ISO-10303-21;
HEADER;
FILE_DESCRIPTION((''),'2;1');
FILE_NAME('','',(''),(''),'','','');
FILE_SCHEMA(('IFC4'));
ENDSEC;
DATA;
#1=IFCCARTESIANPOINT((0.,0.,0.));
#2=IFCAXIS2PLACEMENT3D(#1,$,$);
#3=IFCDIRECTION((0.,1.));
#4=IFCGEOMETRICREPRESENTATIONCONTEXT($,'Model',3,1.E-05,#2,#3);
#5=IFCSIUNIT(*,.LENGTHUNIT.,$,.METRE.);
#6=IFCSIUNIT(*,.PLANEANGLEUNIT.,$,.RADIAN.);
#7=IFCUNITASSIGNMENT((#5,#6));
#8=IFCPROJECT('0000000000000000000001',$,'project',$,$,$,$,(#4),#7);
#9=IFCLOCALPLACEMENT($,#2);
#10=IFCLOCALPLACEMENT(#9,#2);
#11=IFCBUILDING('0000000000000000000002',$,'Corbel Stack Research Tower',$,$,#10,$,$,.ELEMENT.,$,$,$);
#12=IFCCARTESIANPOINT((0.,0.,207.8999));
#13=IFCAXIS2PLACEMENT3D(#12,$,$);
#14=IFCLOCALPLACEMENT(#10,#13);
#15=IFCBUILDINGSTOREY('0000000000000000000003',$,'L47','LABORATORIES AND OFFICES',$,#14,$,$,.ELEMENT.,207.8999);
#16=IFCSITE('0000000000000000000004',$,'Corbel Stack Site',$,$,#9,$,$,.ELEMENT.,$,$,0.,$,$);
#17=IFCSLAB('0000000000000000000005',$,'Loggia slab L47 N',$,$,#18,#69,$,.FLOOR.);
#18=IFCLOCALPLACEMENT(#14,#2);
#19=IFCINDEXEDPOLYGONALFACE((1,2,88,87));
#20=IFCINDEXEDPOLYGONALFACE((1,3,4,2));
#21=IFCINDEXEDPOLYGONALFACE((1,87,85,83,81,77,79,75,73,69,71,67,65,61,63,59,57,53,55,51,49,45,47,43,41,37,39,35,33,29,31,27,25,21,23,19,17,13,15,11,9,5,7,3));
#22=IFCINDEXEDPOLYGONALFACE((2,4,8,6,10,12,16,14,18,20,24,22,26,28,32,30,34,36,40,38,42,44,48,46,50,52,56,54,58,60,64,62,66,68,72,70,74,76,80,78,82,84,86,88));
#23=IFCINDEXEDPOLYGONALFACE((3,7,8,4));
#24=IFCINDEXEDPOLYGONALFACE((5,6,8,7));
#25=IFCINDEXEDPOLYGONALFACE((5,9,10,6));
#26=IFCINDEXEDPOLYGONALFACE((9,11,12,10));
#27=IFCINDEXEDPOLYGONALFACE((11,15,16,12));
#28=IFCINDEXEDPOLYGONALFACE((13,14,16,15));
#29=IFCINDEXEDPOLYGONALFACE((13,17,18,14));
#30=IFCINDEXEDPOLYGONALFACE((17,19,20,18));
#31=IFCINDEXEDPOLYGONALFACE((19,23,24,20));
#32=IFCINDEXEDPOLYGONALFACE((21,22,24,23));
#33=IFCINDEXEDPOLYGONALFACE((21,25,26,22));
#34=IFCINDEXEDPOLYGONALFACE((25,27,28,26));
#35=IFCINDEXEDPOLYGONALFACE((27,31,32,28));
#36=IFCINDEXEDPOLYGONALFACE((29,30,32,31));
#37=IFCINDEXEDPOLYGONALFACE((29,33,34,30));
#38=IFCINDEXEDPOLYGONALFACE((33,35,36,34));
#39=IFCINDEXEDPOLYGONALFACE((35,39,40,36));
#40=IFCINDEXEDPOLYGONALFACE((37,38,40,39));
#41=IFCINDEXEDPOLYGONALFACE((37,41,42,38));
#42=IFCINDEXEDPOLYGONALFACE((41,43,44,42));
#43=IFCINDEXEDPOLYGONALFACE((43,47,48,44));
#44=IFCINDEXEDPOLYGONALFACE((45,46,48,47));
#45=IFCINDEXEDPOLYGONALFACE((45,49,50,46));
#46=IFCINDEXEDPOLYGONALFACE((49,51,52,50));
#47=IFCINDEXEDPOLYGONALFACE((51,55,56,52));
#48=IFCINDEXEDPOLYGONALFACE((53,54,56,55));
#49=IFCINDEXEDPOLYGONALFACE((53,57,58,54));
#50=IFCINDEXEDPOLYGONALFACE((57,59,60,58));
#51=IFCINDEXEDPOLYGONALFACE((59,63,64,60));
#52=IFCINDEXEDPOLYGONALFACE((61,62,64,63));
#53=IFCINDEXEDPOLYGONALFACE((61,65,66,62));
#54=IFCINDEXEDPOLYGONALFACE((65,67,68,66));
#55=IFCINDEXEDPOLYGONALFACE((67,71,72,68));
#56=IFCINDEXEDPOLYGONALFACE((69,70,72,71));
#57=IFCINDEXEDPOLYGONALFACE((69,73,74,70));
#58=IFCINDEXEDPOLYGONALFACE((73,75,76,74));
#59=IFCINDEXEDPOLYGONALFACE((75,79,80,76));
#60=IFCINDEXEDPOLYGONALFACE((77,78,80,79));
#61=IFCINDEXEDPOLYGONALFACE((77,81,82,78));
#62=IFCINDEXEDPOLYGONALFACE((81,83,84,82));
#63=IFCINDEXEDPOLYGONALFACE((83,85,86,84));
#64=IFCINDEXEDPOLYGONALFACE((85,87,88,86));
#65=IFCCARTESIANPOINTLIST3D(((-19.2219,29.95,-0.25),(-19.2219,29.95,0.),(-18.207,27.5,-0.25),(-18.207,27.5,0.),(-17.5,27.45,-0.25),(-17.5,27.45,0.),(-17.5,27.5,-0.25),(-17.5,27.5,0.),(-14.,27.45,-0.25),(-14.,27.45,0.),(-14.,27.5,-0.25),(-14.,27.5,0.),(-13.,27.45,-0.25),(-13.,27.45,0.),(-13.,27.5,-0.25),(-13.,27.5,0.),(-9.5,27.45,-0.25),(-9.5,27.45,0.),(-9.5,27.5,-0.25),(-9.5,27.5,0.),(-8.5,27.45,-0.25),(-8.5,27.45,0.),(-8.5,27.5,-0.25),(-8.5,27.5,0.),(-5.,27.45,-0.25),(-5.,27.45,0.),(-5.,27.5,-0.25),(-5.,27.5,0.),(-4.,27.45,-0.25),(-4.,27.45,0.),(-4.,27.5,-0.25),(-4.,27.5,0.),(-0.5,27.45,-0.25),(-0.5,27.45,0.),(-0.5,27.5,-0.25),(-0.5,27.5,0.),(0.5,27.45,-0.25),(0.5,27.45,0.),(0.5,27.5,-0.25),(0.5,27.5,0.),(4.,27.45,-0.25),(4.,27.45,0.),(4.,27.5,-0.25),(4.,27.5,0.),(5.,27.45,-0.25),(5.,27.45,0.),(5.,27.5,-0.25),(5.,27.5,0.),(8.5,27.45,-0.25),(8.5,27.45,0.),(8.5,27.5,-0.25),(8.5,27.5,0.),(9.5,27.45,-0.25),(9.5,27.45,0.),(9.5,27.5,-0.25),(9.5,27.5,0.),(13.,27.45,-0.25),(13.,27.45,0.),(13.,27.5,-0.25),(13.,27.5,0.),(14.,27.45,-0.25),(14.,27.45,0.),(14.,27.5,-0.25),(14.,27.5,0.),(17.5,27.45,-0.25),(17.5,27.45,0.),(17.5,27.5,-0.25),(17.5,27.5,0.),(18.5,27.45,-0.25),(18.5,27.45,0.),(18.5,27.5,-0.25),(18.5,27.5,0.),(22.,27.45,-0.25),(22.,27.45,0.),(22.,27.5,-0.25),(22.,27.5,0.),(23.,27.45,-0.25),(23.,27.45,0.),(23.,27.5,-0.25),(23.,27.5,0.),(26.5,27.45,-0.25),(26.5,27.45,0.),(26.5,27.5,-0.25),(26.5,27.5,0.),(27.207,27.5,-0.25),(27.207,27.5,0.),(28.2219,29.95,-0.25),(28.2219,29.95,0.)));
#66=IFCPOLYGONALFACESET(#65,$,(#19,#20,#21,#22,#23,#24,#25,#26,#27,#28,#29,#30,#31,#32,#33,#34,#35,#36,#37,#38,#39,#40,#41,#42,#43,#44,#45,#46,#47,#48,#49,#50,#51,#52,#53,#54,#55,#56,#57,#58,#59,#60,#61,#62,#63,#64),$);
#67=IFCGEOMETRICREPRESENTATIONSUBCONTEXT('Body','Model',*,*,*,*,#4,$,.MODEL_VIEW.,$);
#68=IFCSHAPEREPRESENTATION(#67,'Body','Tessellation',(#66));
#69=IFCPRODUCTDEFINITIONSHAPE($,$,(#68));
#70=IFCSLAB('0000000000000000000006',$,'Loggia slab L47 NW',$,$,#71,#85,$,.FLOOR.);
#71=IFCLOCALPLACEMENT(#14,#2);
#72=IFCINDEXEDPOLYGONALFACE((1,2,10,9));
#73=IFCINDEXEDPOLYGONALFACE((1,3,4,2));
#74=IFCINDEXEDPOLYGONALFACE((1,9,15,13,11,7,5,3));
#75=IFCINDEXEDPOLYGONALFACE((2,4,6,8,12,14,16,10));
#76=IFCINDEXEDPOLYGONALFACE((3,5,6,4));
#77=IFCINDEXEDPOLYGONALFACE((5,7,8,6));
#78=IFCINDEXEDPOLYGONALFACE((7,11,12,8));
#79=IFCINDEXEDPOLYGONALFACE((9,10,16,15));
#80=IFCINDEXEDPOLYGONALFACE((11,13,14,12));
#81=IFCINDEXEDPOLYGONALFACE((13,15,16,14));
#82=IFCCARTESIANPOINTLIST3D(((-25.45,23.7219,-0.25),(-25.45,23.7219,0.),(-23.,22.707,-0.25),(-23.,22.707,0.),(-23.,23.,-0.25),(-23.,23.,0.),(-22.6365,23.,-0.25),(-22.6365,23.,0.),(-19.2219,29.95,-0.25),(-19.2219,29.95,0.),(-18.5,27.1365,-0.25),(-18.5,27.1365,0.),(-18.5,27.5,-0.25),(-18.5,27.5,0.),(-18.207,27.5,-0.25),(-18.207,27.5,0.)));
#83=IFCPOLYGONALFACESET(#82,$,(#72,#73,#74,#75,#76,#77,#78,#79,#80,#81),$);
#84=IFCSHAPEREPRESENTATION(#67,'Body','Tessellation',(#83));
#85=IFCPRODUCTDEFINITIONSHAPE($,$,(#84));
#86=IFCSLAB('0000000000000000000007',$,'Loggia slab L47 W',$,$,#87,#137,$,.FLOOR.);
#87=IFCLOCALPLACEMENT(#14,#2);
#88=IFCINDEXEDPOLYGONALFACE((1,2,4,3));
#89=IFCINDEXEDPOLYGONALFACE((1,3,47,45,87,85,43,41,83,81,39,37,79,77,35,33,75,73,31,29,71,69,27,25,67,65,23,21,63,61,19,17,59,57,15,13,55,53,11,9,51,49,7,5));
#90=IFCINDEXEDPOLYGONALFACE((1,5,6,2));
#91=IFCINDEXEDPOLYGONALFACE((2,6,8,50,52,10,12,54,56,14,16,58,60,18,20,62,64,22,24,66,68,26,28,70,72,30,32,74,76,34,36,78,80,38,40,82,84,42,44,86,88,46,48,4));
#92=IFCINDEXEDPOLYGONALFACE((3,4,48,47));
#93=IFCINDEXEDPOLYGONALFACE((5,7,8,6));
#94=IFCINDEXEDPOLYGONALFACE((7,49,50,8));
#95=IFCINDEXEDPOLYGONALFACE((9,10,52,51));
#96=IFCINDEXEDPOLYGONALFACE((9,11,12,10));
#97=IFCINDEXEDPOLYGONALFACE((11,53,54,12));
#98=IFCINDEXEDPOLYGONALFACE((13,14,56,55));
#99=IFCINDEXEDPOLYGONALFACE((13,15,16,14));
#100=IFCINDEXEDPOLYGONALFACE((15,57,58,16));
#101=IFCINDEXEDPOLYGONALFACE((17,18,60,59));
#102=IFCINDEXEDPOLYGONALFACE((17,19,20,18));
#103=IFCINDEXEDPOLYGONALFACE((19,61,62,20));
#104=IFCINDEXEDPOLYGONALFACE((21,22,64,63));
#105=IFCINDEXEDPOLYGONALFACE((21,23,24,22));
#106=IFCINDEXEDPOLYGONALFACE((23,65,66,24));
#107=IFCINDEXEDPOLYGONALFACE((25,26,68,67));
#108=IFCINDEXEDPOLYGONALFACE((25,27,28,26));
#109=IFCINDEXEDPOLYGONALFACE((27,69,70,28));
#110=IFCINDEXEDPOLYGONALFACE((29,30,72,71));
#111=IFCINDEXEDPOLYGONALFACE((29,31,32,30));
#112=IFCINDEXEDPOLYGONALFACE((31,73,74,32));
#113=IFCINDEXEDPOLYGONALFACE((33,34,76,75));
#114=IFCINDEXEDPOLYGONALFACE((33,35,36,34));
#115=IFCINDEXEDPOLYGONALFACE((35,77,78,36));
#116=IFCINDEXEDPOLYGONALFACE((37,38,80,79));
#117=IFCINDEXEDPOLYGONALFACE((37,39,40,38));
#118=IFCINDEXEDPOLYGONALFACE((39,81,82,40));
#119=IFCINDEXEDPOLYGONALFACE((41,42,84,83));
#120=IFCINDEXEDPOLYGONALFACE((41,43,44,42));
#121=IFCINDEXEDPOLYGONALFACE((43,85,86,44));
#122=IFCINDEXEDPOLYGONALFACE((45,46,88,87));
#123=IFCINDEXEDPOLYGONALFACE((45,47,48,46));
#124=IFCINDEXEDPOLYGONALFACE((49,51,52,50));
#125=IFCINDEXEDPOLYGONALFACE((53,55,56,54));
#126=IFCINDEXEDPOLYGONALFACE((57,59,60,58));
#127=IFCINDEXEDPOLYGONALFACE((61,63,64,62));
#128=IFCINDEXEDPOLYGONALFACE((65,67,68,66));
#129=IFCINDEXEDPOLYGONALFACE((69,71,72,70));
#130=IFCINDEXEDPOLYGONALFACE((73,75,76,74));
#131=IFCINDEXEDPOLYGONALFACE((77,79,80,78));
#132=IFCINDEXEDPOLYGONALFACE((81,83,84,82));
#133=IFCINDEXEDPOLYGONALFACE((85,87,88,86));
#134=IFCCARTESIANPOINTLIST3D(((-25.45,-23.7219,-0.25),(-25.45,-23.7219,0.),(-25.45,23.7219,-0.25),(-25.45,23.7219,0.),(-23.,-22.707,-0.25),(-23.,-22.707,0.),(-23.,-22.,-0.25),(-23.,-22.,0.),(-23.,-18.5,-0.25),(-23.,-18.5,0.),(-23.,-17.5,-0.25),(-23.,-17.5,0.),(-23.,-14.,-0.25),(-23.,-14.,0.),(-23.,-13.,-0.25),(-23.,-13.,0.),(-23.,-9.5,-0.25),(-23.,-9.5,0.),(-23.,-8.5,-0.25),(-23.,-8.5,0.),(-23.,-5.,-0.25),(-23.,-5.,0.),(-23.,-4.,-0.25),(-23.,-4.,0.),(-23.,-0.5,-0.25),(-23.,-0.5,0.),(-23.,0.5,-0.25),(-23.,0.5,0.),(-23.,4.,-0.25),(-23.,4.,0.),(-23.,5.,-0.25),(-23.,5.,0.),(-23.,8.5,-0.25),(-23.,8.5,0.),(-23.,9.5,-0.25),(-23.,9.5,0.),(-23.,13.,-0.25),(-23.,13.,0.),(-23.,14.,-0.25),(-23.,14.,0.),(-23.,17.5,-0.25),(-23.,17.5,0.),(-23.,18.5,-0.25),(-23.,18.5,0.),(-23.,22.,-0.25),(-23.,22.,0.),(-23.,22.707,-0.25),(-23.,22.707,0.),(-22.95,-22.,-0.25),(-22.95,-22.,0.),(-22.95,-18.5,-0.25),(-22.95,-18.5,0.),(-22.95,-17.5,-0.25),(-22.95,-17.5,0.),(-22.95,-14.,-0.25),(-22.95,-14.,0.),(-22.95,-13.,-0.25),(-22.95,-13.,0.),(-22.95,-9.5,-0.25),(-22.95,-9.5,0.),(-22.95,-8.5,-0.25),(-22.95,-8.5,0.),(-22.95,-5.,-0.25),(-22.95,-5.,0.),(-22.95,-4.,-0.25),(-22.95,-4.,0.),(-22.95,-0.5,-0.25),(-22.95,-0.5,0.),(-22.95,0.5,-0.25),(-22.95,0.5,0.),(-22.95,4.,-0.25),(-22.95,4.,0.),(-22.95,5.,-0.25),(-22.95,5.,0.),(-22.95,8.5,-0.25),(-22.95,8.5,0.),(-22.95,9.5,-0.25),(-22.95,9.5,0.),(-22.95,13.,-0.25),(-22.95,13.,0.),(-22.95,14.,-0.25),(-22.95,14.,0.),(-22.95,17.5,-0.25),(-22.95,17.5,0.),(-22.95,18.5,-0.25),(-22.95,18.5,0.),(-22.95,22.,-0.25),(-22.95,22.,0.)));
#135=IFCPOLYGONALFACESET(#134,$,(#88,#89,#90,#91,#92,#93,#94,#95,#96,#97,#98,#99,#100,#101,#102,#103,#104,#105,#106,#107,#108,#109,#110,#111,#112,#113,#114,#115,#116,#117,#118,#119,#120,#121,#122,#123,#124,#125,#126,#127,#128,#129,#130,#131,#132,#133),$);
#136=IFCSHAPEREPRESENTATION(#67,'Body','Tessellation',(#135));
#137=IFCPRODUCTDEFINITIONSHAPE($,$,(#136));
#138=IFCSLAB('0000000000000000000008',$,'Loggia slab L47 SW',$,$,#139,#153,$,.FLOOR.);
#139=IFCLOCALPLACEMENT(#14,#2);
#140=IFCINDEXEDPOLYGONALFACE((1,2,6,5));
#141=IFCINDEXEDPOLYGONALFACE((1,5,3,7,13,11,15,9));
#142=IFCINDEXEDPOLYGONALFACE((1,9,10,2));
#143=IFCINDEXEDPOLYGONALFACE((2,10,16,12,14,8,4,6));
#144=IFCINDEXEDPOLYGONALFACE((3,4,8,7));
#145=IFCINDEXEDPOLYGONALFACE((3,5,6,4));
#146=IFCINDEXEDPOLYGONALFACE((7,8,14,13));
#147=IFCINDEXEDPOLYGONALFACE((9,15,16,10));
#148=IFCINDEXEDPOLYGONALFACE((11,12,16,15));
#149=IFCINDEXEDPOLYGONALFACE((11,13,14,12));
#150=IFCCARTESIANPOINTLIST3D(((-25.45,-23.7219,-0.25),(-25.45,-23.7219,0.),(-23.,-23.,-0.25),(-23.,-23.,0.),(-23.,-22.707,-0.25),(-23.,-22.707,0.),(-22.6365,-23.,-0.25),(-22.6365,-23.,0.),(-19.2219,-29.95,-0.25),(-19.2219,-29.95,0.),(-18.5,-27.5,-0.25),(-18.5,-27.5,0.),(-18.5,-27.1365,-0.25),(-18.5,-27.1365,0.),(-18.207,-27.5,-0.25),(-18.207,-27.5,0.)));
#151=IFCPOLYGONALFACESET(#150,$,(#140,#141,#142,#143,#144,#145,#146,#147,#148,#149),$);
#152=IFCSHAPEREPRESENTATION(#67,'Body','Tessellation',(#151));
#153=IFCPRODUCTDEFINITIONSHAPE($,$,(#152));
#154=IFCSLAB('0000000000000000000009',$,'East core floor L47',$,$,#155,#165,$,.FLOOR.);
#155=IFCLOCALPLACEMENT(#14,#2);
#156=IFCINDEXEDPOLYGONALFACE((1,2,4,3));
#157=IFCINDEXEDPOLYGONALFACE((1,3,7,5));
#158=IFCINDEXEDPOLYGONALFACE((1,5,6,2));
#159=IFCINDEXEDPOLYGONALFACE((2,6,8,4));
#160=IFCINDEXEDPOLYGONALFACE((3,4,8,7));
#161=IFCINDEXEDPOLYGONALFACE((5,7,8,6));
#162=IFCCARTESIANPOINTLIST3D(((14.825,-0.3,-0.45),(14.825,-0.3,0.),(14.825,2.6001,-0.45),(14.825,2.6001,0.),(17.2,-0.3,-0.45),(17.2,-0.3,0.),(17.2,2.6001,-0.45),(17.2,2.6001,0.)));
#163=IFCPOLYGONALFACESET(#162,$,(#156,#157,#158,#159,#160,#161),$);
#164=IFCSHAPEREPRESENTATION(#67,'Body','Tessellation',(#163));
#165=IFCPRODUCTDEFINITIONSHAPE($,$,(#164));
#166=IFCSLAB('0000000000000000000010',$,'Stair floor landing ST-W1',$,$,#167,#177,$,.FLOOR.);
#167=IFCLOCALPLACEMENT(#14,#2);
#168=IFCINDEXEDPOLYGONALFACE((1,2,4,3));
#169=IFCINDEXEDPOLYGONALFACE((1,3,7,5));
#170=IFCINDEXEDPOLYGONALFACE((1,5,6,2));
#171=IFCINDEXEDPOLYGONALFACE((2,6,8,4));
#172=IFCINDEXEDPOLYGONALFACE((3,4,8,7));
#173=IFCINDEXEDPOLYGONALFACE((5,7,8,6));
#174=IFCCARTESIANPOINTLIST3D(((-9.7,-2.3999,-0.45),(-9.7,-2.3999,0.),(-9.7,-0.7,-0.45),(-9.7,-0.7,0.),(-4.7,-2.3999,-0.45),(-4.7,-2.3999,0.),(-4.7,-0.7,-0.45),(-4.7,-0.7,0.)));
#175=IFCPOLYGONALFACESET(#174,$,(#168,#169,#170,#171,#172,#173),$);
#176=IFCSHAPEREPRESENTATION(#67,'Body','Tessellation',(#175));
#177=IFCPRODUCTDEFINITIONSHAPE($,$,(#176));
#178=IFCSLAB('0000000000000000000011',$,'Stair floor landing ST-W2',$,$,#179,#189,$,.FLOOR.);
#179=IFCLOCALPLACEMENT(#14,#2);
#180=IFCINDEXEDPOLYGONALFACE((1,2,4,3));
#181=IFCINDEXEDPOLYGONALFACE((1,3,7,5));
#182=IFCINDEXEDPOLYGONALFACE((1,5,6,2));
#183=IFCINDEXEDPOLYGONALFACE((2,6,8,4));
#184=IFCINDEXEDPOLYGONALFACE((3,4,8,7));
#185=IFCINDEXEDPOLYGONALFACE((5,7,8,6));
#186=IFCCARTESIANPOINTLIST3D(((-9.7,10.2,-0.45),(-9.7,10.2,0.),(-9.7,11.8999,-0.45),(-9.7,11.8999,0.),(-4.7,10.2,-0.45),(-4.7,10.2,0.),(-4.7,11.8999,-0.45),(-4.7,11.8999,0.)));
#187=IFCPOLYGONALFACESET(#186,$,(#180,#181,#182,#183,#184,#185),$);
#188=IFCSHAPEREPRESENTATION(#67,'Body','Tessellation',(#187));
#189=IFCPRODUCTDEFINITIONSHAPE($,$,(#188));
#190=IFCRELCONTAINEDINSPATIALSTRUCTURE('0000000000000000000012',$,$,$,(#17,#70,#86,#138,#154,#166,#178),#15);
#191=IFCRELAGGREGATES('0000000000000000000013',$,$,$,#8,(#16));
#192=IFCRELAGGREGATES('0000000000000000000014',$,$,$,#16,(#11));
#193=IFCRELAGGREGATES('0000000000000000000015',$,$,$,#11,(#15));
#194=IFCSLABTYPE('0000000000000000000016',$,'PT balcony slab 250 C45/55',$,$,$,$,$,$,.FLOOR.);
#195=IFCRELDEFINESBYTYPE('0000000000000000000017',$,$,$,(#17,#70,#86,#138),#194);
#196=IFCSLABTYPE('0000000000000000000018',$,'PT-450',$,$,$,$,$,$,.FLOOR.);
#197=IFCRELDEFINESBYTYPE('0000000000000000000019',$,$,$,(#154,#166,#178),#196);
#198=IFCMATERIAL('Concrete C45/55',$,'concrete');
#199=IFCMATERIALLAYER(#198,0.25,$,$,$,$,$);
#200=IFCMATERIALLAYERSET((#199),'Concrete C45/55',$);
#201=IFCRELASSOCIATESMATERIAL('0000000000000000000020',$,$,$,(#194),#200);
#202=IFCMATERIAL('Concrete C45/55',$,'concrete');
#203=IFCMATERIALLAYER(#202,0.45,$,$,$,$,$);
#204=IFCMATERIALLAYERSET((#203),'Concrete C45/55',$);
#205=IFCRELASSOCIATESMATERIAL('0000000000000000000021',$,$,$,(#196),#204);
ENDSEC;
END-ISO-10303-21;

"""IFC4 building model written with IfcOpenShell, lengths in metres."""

from ifc_helpers import new_model, si_unit, direction, frame, origin, place, context, subcontext, project, spatial, polyline, outline, extrude, material, layer, layer_set, type_object, element, save


model = new_model("IFC4")

# Units and contexts
model_context = context("Model", 3, precision=1e-05, world=origin(), true_north=direction((0.0, 1.0)))
body_context = subcontext(model_context, "Body", "Model", "MODEL_VIEW")
ifc_project = project(units=[si_unit("LENGTHUNIT", "METRE"), si_unit("PLANEANGLEUNIT", "RADIAN")], contexts=[model_context])

# Site, building, storey
site_placement = place(None, origin())
site = spatial("IfcSite", under=ifc_project, at=site_placement, Name="Corbel Stack Site", CompositionType="ELEMENT", RefElevation=0.0)
building_placement = place(site_placement, origin())
building = spatial("IfcBuilding", under=site, at=building_placement, Name="Corbel Stack Research Tower", CompositionType="ELEMENT")
storey_placement = place(building_placement, frame((0.0, 0.0, 207.8999)))
storey = spatial("IfcBuildingStorey", under=building, at=storey_placement, Name="L47", Description="LABORATORIES AND OFFICES", CompositionType="ELEMENT", Elevation=207.8999)

# Slabs
ifc_material_1 = material(Name="Concrete C45/55", Category="concrete")
ifc_layer_1 = layer(ifc_material_1, 0.25)
ifc_layer_set_1 = layer_set([ifc_layer_1], Name="Concrete C45/55")
slab_type_1 = type_object("IfcSlabType", Name="PT balcony slab 250 C45/55", PredefinedType="FLOOR", material=ifc_layer_set_1)
slab_1_placement = place(storey_placement, frame((0.0, 0.0, -0.25)))
element("IfcSlab", 1, at=slab_1_placement, inside=storey, type_object=slab_type_1, Name="Loggia slab L47 N", PredefinedType="FLOOR", context=body_context, shape_type="SweptSolid", body=[
    extrude(outline(polyline([(-18.207, 27.5), (-17.5, 27.5), (-17.5, 27.45), (-14.0, 27.45), (-14.0, 27.5), (-13.0, 27.5), (-13.0, 27.45), (-9.5, 27.45), (-9.5, 27.5), (-8.5, 27.5), (-8.5, 27.45), (-5.0, 27.45), (-5.0, 27.5), (-4.0, 27.5), (-4.0, 27.45), (-0.5, 27.45), (-0.5, 27.5), (0.5, 27.5), (0.5, 27.45), (4.0, 27.45), (4.0, 27.5), (5.0, 27.5), (5.0, 27.45), (8.5, 27.45), (8.5, 27.5), (9.5, 27.5), (9.5, 27.45), (13.0, 27.45), (13.0, 27.5), (14.0, 27.5), (14.0, 27.45), (17.5, 27.45), (17.5, 27.5), (18.5, 27.5), (18.5, 27.45), (22.0, 27.45), (22.0, 27.5), (23.0, 27.5), (23.0, 27.45), (26.5, 27.45), (26.5, 27.5), (27.207, 27.5), (28.2219, 29.95), (-19.2219, 29.95), (-18.207, 27.5)])), origin(), (0.0, 0.0, 1.0), 0.25),
])
slab_2_placement = place(storey_placement, frame((0.0, 0.0, -0.25)))
element("IfcSlab", 2, at=slab_2_placement, inside=storey, type_object=slab_type_1, Name="Loggia slab L47 NW", PredefinedType="FLOOR", context=body_context, shape_type="SweptSolid", body=[
    extrude(outline(polyline([(-23.0, 22.707), (-23.0, 23.0), (-22.6365, 23.0), (-18.5, 27.1365), (-18.5, 27.5), (-18.207, 27.5), (-19.2219, 29.95), (-25.45, 23.7219), (-23.0, 22.707)])), origin(), (0.0, 0.0, 1.0), 0.25),
])
slab_3_placement = place(storey_placement, frame((0.0, 0.0, -0.25)))
element("IfcSlab", 3, at=slab_3_placement, inside=storey, type_object=slab_type_1, Name="Loggia slab L47 W", PredefinedType="FLOOR", context=body_context, shape_type="SweptSolid", body=[
    extrude(outline(polyline([(-23.0, -22.707), (-23.0, -22.0), (-22.95, -22.0), (-22.95, -18.5), (-23.0, -18.5), (-23.0, -17.5), (-22.95, -17.5), (-22.95, -14.0), (-23.0, -14.0), (-23.0, -13.0), (-22.95, -13.0), (-22.95, -9.5), (-23.0, -9.5), (-23.0, -8.5), (-22.95, -8.5), (-22.95, -5.0), (-23.0, -5.0), (-23.0, -4.0), (-22.95, -4.0), (-22.95, -0.5), (-23.0, -0.5), (-23.0, 0.5), (-22.95, 0.5), (-22.95, 4.0), (-23.0, 4.0), (-23.0, 5.0), (-22.95, 5.0), (-22.95, 8.5), (-23.0, 8.5), (-23.0, 9.5), (-22.95, 9.5), (-22.95, 13.0), (-23.0, 13.0), (-23.0, 14.0), (-22.95, 14.0), (-22.95, 17.5), (-23.0, 17.5), (-23.0, 18.5), (-22.95, 18.5), (-22.95, 22.0), (-23.0, 22.0), (-23.0, 22.707), (-25.45, 23.7219), (-25.45, -23.7219), (-23.0, -22.707)])), origin(), (0.0, 0.0, 1.0), 0.25),
])
slab_4_placement = place(storey_placement, frame((0.0, 0.0, -0.25)))
element("IfcSlab", 4, at=slab_4_placement, inside=storey, type_object=slab_type_1, Name="Loggia slab L47 SW", PredefinedType="FLOOR", context=body_context, shape_type="SweptSolid", body=[
    extrude(outline(polyline([(-18.207, -27.5), (-18.5, -27.5), (-18.5, -27.1365), (-22.6365, -23.0), (-23.0, -23.0), (-23.0, -22.707), (-25.45, -23.7219), (-19.2219, -29.95), (-18.207, -27.5)])), origin(), (0.0, 0.0, 1.0), 0.25),
])
ifc_material_2 = material(Name="Concrete C45/55", Category="concrete")
ifc_layer_2 = layer(ifc_material_2, 0.45)
ifc_layer_set_2 = layer_set([ifc_layer_2], Name="Concrete C45/55")
slab_type_2 = type_object("IfcSlabType", Name="PT-450", PredefinedType="FLOOR", material=ifc_layer_set_2)
slab_5_placement = place(storey_placement, frame((0.0, 0.0, -0.45)))
element("IfcSlab", 5, at=slab_5_placement, inside=storey, type_object=slab_type_2, Name="East core floor L47", PredefinedType="FLOOR", context=body_context, shape_type="SweptSolid", body=[
    extrude(outline(polyline([(17.2, -0.3), (17.2, 2.6001), (14.825, 2.6001), (14.825, -0.3), (17.2, -0.3)])), origin(), (0.0, 0.0, 1.0), 0.45),
])
slab_6_placement = place(storey_placement, frame((0.0, 0.0, -0.45)))
element("IfcSlab", 6, at=slab_6_placement, inside=storey, type_object=slab_type_2, Name="Stair floor landing ST-W1", PredefinedType="FLOOR", context=body_context, shape_type="SweptSolid", body=[
    extrude(outline(polyline([(-9.7, -2.3999), (-4.7, -2.3999), (-4.7, -0.7), (-9.7, -0.7), (-9.7, -2.3999)])), origin(), (0.0, 0.0, 1.0), 0.45),
])
slab_7_placement = place(storey_placement, frame((0.0, 0.0, -0.45)))
element("IfcSlab", 7, at=slab_7_placement, inside=storey, type_object=slab_type_2, Name="Stair floor landing ST-W2", PredefinedType="FLOOR", context=body_context, shape_type="SweptSolid", body=[
    extrude(outline(polyline([(-9.7, 10.2), (-4.7, 10.2), (-4.7, 11.8999), (-9.7, 11.8999), (-9.7, 10.2)])), origin(), (0.0, 0.0, 1.0), 0.45),
])

save(model, "model.ifc")
